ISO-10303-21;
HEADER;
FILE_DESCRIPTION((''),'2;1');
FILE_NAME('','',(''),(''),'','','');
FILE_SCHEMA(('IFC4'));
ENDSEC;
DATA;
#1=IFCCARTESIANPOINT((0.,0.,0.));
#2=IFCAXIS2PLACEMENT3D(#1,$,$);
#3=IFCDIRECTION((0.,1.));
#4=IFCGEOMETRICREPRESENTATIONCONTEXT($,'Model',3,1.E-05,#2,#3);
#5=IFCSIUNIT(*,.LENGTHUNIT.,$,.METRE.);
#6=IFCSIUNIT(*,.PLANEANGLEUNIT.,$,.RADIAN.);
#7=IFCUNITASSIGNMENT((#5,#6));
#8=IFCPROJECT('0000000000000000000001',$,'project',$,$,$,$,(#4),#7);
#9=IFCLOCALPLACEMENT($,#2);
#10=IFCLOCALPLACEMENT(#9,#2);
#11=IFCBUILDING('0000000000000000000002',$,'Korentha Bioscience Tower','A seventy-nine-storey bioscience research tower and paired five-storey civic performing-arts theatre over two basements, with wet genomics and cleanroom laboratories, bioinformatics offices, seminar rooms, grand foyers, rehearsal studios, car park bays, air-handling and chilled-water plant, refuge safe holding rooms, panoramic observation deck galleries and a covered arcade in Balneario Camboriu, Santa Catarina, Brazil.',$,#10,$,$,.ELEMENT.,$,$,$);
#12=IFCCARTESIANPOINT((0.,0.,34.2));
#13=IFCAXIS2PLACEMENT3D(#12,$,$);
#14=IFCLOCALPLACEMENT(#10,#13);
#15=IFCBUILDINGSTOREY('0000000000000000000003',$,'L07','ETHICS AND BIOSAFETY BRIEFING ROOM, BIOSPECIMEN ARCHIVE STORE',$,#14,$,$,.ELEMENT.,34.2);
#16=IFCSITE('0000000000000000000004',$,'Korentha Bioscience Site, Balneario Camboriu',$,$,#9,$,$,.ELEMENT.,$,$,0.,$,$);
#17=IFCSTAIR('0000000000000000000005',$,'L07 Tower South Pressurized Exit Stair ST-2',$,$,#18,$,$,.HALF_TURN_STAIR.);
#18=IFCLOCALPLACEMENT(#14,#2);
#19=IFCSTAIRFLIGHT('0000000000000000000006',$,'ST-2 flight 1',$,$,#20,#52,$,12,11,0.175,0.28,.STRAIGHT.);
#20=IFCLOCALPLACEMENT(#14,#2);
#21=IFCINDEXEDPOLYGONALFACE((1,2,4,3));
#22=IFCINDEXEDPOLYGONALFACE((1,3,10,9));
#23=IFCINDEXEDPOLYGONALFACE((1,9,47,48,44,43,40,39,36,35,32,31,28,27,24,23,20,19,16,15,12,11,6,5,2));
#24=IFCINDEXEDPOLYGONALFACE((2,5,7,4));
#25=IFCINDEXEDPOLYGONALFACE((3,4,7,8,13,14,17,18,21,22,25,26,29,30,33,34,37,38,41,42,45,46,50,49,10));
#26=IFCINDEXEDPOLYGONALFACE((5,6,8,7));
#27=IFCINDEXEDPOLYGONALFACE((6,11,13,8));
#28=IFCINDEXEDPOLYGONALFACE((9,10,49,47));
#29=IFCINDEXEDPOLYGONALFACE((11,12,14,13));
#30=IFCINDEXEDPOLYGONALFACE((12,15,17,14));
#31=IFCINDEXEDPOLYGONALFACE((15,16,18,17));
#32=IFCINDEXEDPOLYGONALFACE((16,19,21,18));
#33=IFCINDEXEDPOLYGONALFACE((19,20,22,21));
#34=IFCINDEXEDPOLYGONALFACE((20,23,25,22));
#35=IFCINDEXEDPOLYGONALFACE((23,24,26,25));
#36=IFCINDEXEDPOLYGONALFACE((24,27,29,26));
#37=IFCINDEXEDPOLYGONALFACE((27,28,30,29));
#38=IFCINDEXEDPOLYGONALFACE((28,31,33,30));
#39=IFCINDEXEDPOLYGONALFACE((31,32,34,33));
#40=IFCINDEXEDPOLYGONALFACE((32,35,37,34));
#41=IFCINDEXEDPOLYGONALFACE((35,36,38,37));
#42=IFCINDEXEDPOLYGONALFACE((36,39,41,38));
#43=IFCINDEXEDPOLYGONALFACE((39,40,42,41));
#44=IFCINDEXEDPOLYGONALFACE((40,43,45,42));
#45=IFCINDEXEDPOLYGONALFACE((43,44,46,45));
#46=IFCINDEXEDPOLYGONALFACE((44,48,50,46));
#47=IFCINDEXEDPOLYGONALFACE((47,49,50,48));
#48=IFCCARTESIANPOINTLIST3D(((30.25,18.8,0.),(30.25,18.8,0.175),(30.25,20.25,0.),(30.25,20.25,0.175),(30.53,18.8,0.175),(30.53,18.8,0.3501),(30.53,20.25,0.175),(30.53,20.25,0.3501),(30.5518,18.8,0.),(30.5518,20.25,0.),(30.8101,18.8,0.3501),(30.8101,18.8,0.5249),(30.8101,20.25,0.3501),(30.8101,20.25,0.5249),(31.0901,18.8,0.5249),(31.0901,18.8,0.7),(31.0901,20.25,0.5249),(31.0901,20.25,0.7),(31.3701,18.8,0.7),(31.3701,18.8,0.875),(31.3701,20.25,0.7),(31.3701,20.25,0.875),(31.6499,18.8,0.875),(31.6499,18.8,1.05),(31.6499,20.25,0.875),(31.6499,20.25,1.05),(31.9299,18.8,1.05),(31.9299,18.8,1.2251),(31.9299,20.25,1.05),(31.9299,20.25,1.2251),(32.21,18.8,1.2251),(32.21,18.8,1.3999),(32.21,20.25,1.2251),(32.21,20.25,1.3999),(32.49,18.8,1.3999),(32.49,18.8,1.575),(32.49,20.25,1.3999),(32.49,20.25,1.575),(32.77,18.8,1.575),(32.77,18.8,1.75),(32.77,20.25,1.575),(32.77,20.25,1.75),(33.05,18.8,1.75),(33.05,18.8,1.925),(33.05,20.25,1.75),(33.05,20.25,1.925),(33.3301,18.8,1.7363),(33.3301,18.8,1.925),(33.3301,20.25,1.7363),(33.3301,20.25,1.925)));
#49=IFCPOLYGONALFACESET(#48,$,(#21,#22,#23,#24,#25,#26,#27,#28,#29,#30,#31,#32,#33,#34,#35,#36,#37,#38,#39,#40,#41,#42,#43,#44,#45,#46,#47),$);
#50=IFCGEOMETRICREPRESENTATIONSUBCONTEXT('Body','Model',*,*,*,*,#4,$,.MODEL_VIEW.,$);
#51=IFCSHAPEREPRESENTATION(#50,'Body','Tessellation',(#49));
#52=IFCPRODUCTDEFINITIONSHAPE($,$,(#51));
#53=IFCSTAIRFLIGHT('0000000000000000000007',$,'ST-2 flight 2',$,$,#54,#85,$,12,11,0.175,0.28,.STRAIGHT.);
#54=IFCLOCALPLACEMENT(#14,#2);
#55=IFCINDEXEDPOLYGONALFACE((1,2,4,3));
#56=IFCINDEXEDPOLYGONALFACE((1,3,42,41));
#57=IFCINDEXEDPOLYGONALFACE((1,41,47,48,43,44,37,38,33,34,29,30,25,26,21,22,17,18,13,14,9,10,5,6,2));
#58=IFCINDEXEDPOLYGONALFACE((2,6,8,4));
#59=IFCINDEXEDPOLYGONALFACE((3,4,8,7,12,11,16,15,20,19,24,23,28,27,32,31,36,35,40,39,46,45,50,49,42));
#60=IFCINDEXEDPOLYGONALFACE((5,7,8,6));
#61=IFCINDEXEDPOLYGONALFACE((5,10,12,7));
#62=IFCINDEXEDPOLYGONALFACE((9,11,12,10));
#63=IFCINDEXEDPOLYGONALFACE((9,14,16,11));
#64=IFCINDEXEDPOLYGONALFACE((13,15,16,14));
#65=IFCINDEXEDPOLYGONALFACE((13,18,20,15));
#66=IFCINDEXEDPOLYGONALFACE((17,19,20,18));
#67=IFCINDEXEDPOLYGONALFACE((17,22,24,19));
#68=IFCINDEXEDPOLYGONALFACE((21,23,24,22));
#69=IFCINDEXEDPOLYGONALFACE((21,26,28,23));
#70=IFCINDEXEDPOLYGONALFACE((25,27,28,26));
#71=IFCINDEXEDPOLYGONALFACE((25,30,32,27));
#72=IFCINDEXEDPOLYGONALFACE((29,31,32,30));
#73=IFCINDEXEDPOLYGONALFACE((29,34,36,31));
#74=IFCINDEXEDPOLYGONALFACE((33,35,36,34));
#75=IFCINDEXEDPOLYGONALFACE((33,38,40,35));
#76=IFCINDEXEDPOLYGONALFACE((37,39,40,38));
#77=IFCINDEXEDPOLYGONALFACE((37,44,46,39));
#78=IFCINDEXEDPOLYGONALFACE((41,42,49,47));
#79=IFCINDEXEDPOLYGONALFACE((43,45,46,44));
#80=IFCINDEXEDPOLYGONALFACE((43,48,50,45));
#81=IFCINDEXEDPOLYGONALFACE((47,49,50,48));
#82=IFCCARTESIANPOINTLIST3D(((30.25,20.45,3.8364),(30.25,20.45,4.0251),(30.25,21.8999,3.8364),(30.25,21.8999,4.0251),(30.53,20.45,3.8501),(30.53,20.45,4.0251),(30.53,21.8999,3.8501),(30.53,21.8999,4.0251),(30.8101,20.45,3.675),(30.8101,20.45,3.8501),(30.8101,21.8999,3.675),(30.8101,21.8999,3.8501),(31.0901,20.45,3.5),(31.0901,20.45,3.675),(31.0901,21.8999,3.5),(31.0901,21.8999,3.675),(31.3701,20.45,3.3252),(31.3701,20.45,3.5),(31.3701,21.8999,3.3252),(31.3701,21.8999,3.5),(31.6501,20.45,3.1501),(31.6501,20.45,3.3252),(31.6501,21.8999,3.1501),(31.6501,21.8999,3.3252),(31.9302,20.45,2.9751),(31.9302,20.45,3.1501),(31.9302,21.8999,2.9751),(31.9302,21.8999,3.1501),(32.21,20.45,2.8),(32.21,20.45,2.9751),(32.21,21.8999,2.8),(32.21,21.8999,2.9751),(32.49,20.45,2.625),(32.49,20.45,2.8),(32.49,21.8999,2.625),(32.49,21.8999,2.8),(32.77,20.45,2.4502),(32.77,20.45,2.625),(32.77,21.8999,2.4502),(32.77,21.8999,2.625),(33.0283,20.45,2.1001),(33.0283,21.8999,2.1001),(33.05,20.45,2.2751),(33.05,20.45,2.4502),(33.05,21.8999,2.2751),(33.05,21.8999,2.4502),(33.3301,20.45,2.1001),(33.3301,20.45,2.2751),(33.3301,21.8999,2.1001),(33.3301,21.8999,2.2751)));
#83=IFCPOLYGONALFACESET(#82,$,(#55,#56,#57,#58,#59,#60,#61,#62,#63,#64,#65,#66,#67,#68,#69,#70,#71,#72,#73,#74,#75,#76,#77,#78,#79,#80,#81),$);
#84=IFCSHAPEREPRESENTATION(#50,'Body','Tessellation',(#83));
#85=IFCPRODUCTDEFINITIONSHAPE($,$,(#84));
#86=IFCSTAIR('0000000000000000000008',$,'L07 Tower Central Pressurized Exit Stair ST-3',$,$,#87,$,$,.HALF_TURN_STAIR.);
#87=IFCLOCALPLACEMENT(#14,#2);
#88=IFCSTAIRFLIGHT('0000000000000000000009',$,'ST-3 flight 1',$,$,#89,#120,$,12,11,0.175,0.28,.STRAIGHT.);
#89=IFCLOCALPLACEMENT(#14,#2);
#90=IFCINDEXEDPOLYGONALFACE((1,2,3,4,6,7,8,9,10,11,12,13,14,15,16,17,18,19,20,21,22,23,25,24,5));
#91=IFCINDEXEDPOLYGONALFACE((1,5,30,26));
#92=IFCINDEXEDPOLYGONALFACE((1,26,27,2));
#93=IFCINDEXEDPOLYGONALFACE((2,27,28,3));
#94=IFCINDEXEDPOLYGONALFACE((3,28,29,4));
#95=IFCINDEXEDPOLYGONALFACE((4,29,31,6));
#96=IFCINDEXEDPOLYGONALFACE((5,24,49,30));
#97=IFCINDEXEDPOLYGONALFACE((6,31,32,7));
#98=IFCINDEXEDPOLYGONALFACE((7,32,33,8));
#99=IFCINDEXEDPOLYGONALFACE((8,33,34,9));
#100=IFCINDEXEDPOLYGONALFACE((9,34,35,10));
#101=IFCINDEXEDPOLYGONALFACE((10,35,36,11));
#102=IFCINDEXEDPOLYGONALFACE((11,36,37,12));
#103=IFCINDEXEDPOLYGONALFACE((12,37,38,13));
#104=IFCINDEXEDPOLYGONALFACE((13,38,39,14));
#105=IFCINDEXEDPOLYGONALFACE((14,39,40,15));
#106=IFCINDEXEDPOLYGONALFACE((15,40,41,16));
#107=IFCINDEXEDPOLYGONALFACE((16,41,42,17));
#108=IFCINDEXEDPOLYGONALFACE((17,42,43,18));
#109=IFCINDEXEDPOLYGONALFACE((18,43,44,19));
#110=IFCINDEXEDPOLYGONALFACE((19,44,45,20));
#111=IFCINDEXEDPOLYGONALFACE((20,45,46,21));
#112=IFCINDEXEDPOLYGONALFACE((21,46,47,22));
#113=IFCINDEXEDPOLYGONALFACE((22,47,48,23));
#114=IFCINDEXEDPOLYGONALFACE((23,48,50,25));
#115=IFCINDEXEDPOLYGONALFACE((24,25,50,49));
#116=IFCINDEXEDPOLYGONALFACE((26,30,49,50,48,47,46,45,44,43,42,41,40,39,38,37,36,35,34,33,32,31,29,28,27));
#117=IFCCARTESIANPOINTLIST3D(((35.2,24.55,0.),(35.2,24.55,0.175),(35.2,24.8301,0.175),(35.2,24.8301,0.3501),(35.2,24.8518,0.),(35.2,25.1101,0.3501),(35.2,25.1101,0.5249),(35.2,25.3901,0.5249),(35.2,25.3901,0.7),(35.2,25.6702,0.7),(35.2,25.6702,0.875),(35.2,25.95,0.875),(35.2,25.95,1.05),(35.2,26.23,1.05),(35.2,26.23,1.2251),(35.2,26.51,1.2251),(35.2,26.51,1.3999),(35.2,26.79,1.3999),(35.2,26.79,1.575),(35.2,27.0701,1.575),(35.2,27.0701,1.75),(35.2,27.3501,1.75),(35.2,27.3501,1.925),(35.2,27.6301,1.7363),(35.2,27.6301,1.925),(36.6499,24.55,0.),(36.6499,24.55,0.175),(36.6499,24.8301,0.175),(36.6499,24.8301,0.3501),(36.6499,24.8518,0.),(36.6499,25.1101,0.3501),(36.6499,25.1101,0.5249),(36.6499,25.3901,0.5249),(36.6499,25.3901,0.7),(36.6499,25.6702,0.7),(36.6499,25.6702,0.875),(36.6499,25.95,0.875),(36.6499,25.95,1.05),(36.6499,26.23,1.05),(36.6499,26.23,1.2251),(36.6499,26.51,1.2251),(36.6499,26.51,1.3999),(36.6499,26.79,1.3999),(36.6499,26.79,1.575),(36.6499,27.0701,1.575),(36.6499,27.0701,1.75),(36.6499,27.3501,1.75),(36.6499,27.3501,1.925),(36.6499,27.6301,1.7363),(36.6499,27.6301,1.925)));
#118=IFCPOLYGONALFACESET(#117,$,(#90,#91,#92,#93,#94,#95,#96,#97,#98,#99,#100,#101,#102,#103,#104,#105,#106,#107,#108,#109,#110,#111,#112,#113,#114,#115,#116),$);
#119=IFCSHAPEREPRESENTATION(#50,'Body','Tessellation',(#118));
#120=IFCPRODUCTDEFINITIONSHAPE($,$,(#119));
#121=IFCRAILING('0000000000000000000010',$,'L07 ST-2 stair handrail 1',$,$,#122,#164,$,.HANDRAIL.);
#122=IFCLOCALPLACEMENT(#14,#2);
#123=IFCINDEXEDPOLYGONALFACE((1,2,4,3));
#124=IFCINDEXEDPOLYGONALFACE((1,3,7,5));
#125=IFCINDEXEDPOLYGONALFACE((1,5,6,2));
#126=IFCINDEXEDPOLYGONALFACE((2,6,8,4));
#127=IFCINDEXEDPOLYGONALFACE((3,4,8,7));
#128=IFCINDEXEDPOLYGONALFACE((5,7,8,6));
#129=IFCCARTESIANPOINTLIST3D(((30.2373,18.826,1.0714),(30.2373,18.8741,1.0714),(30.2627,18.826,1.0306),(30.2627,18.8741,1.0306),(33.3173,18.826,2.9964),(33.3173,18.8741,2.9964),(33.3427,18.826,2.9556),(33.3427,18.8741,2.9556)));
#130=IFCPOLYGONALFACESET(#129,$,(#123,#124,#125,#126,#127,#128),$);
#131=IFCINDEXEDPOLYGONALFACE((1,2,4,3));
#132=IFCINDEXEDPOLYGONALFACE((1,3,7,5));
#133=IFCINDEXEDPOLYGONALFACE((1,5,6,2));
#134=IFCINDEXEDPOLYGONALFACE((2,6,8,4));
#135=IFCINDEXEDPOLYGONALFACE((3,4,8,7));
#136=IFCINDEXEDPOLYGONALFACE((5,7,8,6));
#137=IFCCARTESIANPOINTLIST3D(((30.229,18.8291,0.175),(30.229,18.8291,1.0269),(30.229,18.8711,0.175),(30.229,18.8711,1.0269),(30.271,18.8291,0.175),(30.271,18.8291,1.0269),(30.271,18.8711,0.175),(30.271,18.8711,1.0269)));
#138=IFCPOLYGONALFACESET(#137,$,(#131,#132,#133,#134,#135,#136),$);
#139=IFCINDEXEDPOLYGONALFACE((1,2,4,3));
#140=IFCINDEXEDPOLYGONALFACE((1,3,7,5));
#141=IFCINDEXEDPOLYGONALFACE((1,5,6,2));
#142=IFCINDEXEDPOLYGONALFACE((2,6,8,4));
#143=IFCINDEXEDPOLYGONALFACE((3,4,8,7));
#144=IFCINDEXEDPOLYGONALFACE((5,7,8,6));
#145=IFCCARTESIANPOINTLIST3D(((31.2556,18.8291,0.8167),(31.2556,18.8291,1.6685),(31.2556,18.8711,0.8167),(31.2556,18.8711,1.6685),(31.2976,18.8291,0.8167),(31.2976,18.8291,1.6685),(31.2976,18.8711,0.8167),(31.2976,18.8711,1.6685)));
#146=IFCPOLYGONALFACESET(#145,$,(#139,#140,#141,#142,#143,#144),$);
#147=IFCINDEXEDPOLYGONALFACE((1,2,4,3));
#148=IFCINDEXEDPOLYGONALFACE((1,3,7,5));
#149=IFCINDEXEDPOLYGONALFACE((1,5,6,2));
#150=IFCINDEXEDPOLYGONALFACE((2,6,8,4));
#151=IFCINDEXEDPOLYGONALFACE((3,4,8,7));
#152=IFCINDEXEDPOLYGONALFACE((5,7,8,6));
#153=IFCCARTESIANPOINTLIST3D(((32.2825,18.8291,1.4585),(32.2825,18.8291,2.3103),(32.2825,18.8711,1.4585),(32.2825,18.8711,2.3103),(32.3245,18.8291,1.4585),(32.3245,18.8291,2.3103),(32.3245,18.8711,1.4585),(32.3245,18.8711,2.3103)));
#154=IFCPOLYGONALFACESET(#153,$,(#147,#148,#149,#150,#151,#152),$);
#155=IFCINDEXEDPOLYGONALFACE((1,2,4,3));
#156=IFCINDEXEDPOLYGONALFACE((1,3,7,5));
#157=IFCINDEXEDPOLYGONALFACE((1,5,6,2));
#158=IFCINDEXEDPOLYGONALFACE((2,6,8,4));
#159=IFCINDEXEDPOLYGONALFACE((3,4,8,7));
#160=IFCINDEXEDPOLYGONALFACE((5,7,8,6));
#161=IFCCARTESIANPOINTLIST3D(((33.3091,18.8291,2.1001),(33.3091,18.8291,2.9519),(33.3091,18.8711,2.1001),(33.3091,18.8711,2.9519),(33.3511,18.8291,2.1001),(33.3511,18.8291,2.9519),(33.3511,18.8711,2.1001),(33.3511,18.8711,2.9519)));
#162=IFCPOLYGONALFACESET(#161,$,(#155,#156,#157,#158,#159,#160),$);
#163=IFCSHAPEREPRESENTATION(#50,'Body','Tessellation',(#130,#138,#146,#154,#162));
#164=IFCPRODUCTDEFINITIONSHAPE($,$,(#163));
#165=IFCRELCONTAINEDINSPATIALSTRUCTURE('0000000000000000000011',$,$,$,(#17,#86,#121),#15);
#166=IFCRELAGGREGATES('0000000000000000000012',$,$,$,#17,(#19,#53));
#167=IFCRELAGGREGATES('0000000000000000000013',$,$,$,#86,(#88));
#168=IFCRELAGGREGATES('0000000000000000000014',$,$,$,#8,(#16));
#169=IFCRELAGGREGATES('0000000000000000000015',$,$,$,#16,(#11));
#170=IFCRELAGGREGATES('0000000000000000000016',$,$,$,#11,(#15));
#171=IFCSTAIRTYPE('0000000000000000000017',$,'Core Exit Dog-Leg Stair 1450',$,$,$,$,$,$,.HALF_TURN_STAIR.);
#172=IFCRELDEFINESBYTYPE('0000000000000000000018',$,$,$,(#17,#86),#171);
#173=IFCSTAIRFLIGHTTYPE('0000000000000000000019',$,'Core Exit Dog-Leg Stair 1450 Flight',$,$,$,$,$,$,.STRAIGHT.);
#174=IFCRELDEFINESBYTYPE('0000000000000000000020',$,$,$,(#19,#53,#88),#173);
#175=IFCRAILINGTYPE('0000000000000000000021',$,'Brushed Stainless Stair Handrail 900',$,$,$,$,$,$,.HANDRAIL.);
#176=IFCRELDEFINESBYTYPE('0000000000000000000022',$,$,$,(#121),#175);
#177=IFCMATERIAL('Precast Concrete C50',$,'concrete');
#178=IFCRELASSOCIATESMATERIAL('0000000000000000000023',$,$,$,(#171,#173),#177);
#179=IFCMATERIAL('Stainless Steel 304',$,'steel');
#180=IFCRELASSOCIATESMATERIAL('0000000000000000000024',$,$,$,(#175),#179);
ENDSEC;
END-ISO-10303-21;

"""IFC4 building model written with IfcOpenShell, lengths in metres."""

from ifc_helpers import new_model, si_unit, direction, frame, origin, origin_2d, place, context, subcontext, project, spatial, polyline, rectangle, outline, extrude, material, type_object, element, aggregate, save


model = new_model("IFC4")

# Units and contexts
model_context = context("Model", 3, precision=1e-05, world=origin(), true_north=direction((0.0, 1.0)))
body_context = subcontext(model_context, "Body", "Model", "MODEL_VIEW")
ifc_project = project(units=[si_unit("LENGTHUNIT", "METRE"), si_unit("PLANEANGLEUNIT", "RADIAN")], contexts=[model_context])

# Site, building, storey
site_placement = place(None, origin())
site = spatial("IfcSite", under=ifc_project, at=site_placement, Name="Korentha Bioscience Site, Balneario Camboriu", CompositionType="ELEMENT", RefElevation=0.0)
building_placement = place(site_placement, origin())
building = spatial("IfcBuilding", under=site, at=building_placement, Name="Korentha Bioscience Tower", Description="A seventy-nine-storey bioscience research tower and paired five-storey civic performing-arts theatre over two basements, with wet genomics and cleanroom laboratories, bioinformatics offices, seminar rooms, grand foyers, rehearsal studios, car park bays, air-handling and chilled-water plant, refuge safe holding rooms, panoramic observation deck galleries and a covered arcade in Balneario Camboriu, Santa Catarina, Brazil.", CompositionType="ELEMENT")
storey_placement = place(building_placement, frame((0.0, 0.0, 34.2)))
storey = spatial("IfcBuildingStorey", under=building, at=storey_placement, Name="L07", Description="ETHICS AND BIOSAFETY BRIEFING ROOM, BIOSPECIMEN ARCHIVE STORE", CompositionType="ELEMENT", Elevation=34.2)

# Stair, stair flights
ifc_material_1 = material(Name="Precast Concrete C50", Category="concrete")
stair_type = type_object("IfcStairType", Name="Core Exit Dog-Leg Stair 1450", PredefinedType="HALF_TURN_STAIR", material=ifc_material_1)
stair_1_placement = place(storey_placement, origin())
stair_1 = element("IfcStair", 1, at=stair_1_placement, inside=storey, type_object=stair_type, Name="L07 Tower South Pressurized Exit Stair ST-2", PredefinedType="HALF_TURN_STAIR")
stair_flight_type = type_object("IfcStairFlightType", Name="Core Exit Dog-Leg Stair 1450 Flight", PredefinedType="STRAIGHT", material=ifc_material_1)
stair_flight_1_placement = place(storey_placement, frame((30.25, 19.5249, 0.0), z_axis=(0.0, 0.0, 1.0), x_axis=(1.0, 0.0, 0.0)))
stair_flight_1 = element("IfcStairFlight", 2, at=stair_flight_1_placement, type_object=stair_flight_type, Name="ST-2 flight 1", NumberOfRisers=12, NumberOfTreads=11, PredefinedType="STRAIGHT", RiserHeight=0.175, TreadLength=0.28, context=body_context, shape_type="SweptSolid", body=[
    extrude(outline(polyline([(0.0, 0.0), (0.0, 0.175), (0.28, 0.175), (0.28, 0.3501), (0.5601, 0.3501), (0.5601, 0.5249), (0.8401, 0.5249), (0.8401, 0.7), (1.1201, 0.7), (1.1201, 0.875), (1.3999, 0.875), (1.3999, 1.05), (1.6799, 1.05), (1.6799, 1.2251), (1.96, 1.2251), (1.96, 1.3999), (2.24, 1.3999), (2.24, 1.575), (2.52, 1.575), (2.52, 1.75), (2.8, 1.75), (2.8, 1.925), (3.0801, 1.925), (3.0801, 2.1001), (3.0801, 1.7363), (0.3018, 0.0), (0.0, 0.0)])), frame((0.0, 0.7251, 0.0), z_axis=(0.0, -1.0, 0.0), x_axis=(1.0, 0.0, 0.0)), (0.0, 0.0, 1.0), 1.45),
])
stair_flight_2_placement = place(storey_placement, frame((33.3301, 21.175, 2.1001), z_axis=(0.0, 0.0, 1.0), x_axis=(-1.0, 0.0, 0.0)))
stair_flight_2 = element("IfcStairFlight", 3, at=stair_flight_2_placement, type_object=stair_flight_type, Name="ST-2 flight 2", NumberOfRisers=12, NumberOfTreads=11, PredefinedType="STRAIGHT", RiserHeight=0.175, TreadLength=0.28, context=body_context, shape_type="SweptSolid", body=[
    extrude(outline(polyline([(0.0, 0.0), (0.0, 0.175), (0.28, 0.175), (0.28, 0.3501), (0.5601, 0.3501), (0.5601, 0.5249), (0.8401, 0.5249), (0.8401, 0.7), (1.1201, 0.7), (1.1201, 0.875), (1.3999, 0.875), (1.3999, 1.05), (1.6799, 1.05), (1.6799, 1.2251), (1.96, 1.2251), (1.96, 1.3999), (2.24, 1.3999), (2.24, 1.575), (2.52, 1.575), (2.52, 1.75), (2.8, 1.75), (2.8, 1.925), (3.0801, 1.925), (3.0801, 2.1001), (3.0801, 1.7363), (0.3018, 0.0), (0.0, 0.0)])), frame((0.0, 0.7251, 0.0), z_axis=(0.0, -1.0, 0.0), x_axis=(1.0, 0.0, 0.0)), (0.0, 0.0, 1.0), 1.45),
])
aggregate(stair_1, [stair_flight_1, stair_flight_2])

# Stair, stair flight
stair_2_placement = place(storey_placement, origin())
stair_2 = element("IfcStair", 4, at=stair_2_placement, inside=storey, type_object=stair_type, Name="L07 Tower Central Pressurized Exit Stair ST-3", PredefinedType="HALF_TURN_STAIR")
stair_flight_3_placement = place(storey_placement, frame((35.925, 24.55, 0.0), z_axis=(0.0, 0.0, 1.0), x_axis=(0.0, 1.0, 0.0)))
stair_flight_3 = element("IfcStairFlight", 5, at=stair_flight_3_placement, type_object=stair_flight_type, Name="ST-3 flight 1", NumberOfRisers=12, NumberOfTreads=11, PredefinedType="STRAIGHT", RiserHeight=0.175, TreadLength=0.28, context=body_context, shape_type="SweptSolid", body=[
    extrude(outline(polyline([(0.0, 0.0), (0.0, 0.175), (0.28, 0.175), (0.28, 0.3501), (0.5601, 0.3501), (0.5601, 0.5249), (0.8401, 0.5249), (0.8401, 0.7), (1.1201, 0.7), (1.1201, 0.875), (1.3999, 0.875), (1.3999, 1.05), (1.6799, 1.05), (1.6799, 1.2251), (1.96, 1.2251), (1.96, 1.3999), (2.24, 1.3999), (2.24, 1.575), (2.52, 1.575), (2.52, 1.75), (2.8, 1.75), (2.8, 1.925), (3.0801, 1.925), (3.0801, 2.1001), (3.0801, 1.7363), (0.3018, 0.0), (0.0, 0.0)])), frame((0.0, 0.7251, 0.0), z_axis=(0.0, -1.0, 0.0), x_axis=(1.0, 0.0, 0.0)), (0.0, 0.0, 1.0), 1.45),
])
aggregate(stair_2, [stair_flight_3])

# Railing
ifc_material_2 = material(Name="Stainless Steel 304", Category="steel")
railing_type_1 = type_object("IfcRailingType", Name="Brushed Stainless Stair Handrail 900", PredefinedType="HANDRAIL", material=ifc_material_2)
railing_1_placement = place(storey_placement, frame((30.25, 18.8501, 0.175)))
element("IfcRailing", 6, at=railing_1_placement, inside=storey, type_object=railing_type_1, Name="L07 ST-2 stair handrail 1", PredefinedType="HANDRAIL", context=body_context, shape_type="SweptSolid", body=[
    extrude(rectangle(XDim=0.0481, YDim=0.0481, at=origin_2d()), frame((0.0, 0.0, 0.876), z_axis=(0.847998, 0.0, 0.529999), x_axis=(0.0, 1.0, 0.0)), (0.0, 0.0, 1.0), 3.6321),
    extrude(rectangle(XDim=0.042, YDim=0.042, at=origin_2d()), origin(), (0.0, 0.0, 1.0), 0.8518),
    extrude(rectangle(XDim=0.042, YDim=0.042, at=origin_2d()), frame((1.0266, 0.0, 0.6416)), (0.0, 0.0, 1.0), 0.8518),
    extrude(rectangle(XDim=0.042, YDim=0.042, at=origin_2d()), frame((2.0535, 0.0, 1.2834)), (0.0, 0.0, 1.0), 0.8518),
    extrude(rectangle(XDim=0.042, YDim=0.042, at=origin_2d()), frame((3.0801, 0.0, 1.925)), (0.0, 0.0, 1.0), 0.8518),
])

save(model, "model.ifc")
